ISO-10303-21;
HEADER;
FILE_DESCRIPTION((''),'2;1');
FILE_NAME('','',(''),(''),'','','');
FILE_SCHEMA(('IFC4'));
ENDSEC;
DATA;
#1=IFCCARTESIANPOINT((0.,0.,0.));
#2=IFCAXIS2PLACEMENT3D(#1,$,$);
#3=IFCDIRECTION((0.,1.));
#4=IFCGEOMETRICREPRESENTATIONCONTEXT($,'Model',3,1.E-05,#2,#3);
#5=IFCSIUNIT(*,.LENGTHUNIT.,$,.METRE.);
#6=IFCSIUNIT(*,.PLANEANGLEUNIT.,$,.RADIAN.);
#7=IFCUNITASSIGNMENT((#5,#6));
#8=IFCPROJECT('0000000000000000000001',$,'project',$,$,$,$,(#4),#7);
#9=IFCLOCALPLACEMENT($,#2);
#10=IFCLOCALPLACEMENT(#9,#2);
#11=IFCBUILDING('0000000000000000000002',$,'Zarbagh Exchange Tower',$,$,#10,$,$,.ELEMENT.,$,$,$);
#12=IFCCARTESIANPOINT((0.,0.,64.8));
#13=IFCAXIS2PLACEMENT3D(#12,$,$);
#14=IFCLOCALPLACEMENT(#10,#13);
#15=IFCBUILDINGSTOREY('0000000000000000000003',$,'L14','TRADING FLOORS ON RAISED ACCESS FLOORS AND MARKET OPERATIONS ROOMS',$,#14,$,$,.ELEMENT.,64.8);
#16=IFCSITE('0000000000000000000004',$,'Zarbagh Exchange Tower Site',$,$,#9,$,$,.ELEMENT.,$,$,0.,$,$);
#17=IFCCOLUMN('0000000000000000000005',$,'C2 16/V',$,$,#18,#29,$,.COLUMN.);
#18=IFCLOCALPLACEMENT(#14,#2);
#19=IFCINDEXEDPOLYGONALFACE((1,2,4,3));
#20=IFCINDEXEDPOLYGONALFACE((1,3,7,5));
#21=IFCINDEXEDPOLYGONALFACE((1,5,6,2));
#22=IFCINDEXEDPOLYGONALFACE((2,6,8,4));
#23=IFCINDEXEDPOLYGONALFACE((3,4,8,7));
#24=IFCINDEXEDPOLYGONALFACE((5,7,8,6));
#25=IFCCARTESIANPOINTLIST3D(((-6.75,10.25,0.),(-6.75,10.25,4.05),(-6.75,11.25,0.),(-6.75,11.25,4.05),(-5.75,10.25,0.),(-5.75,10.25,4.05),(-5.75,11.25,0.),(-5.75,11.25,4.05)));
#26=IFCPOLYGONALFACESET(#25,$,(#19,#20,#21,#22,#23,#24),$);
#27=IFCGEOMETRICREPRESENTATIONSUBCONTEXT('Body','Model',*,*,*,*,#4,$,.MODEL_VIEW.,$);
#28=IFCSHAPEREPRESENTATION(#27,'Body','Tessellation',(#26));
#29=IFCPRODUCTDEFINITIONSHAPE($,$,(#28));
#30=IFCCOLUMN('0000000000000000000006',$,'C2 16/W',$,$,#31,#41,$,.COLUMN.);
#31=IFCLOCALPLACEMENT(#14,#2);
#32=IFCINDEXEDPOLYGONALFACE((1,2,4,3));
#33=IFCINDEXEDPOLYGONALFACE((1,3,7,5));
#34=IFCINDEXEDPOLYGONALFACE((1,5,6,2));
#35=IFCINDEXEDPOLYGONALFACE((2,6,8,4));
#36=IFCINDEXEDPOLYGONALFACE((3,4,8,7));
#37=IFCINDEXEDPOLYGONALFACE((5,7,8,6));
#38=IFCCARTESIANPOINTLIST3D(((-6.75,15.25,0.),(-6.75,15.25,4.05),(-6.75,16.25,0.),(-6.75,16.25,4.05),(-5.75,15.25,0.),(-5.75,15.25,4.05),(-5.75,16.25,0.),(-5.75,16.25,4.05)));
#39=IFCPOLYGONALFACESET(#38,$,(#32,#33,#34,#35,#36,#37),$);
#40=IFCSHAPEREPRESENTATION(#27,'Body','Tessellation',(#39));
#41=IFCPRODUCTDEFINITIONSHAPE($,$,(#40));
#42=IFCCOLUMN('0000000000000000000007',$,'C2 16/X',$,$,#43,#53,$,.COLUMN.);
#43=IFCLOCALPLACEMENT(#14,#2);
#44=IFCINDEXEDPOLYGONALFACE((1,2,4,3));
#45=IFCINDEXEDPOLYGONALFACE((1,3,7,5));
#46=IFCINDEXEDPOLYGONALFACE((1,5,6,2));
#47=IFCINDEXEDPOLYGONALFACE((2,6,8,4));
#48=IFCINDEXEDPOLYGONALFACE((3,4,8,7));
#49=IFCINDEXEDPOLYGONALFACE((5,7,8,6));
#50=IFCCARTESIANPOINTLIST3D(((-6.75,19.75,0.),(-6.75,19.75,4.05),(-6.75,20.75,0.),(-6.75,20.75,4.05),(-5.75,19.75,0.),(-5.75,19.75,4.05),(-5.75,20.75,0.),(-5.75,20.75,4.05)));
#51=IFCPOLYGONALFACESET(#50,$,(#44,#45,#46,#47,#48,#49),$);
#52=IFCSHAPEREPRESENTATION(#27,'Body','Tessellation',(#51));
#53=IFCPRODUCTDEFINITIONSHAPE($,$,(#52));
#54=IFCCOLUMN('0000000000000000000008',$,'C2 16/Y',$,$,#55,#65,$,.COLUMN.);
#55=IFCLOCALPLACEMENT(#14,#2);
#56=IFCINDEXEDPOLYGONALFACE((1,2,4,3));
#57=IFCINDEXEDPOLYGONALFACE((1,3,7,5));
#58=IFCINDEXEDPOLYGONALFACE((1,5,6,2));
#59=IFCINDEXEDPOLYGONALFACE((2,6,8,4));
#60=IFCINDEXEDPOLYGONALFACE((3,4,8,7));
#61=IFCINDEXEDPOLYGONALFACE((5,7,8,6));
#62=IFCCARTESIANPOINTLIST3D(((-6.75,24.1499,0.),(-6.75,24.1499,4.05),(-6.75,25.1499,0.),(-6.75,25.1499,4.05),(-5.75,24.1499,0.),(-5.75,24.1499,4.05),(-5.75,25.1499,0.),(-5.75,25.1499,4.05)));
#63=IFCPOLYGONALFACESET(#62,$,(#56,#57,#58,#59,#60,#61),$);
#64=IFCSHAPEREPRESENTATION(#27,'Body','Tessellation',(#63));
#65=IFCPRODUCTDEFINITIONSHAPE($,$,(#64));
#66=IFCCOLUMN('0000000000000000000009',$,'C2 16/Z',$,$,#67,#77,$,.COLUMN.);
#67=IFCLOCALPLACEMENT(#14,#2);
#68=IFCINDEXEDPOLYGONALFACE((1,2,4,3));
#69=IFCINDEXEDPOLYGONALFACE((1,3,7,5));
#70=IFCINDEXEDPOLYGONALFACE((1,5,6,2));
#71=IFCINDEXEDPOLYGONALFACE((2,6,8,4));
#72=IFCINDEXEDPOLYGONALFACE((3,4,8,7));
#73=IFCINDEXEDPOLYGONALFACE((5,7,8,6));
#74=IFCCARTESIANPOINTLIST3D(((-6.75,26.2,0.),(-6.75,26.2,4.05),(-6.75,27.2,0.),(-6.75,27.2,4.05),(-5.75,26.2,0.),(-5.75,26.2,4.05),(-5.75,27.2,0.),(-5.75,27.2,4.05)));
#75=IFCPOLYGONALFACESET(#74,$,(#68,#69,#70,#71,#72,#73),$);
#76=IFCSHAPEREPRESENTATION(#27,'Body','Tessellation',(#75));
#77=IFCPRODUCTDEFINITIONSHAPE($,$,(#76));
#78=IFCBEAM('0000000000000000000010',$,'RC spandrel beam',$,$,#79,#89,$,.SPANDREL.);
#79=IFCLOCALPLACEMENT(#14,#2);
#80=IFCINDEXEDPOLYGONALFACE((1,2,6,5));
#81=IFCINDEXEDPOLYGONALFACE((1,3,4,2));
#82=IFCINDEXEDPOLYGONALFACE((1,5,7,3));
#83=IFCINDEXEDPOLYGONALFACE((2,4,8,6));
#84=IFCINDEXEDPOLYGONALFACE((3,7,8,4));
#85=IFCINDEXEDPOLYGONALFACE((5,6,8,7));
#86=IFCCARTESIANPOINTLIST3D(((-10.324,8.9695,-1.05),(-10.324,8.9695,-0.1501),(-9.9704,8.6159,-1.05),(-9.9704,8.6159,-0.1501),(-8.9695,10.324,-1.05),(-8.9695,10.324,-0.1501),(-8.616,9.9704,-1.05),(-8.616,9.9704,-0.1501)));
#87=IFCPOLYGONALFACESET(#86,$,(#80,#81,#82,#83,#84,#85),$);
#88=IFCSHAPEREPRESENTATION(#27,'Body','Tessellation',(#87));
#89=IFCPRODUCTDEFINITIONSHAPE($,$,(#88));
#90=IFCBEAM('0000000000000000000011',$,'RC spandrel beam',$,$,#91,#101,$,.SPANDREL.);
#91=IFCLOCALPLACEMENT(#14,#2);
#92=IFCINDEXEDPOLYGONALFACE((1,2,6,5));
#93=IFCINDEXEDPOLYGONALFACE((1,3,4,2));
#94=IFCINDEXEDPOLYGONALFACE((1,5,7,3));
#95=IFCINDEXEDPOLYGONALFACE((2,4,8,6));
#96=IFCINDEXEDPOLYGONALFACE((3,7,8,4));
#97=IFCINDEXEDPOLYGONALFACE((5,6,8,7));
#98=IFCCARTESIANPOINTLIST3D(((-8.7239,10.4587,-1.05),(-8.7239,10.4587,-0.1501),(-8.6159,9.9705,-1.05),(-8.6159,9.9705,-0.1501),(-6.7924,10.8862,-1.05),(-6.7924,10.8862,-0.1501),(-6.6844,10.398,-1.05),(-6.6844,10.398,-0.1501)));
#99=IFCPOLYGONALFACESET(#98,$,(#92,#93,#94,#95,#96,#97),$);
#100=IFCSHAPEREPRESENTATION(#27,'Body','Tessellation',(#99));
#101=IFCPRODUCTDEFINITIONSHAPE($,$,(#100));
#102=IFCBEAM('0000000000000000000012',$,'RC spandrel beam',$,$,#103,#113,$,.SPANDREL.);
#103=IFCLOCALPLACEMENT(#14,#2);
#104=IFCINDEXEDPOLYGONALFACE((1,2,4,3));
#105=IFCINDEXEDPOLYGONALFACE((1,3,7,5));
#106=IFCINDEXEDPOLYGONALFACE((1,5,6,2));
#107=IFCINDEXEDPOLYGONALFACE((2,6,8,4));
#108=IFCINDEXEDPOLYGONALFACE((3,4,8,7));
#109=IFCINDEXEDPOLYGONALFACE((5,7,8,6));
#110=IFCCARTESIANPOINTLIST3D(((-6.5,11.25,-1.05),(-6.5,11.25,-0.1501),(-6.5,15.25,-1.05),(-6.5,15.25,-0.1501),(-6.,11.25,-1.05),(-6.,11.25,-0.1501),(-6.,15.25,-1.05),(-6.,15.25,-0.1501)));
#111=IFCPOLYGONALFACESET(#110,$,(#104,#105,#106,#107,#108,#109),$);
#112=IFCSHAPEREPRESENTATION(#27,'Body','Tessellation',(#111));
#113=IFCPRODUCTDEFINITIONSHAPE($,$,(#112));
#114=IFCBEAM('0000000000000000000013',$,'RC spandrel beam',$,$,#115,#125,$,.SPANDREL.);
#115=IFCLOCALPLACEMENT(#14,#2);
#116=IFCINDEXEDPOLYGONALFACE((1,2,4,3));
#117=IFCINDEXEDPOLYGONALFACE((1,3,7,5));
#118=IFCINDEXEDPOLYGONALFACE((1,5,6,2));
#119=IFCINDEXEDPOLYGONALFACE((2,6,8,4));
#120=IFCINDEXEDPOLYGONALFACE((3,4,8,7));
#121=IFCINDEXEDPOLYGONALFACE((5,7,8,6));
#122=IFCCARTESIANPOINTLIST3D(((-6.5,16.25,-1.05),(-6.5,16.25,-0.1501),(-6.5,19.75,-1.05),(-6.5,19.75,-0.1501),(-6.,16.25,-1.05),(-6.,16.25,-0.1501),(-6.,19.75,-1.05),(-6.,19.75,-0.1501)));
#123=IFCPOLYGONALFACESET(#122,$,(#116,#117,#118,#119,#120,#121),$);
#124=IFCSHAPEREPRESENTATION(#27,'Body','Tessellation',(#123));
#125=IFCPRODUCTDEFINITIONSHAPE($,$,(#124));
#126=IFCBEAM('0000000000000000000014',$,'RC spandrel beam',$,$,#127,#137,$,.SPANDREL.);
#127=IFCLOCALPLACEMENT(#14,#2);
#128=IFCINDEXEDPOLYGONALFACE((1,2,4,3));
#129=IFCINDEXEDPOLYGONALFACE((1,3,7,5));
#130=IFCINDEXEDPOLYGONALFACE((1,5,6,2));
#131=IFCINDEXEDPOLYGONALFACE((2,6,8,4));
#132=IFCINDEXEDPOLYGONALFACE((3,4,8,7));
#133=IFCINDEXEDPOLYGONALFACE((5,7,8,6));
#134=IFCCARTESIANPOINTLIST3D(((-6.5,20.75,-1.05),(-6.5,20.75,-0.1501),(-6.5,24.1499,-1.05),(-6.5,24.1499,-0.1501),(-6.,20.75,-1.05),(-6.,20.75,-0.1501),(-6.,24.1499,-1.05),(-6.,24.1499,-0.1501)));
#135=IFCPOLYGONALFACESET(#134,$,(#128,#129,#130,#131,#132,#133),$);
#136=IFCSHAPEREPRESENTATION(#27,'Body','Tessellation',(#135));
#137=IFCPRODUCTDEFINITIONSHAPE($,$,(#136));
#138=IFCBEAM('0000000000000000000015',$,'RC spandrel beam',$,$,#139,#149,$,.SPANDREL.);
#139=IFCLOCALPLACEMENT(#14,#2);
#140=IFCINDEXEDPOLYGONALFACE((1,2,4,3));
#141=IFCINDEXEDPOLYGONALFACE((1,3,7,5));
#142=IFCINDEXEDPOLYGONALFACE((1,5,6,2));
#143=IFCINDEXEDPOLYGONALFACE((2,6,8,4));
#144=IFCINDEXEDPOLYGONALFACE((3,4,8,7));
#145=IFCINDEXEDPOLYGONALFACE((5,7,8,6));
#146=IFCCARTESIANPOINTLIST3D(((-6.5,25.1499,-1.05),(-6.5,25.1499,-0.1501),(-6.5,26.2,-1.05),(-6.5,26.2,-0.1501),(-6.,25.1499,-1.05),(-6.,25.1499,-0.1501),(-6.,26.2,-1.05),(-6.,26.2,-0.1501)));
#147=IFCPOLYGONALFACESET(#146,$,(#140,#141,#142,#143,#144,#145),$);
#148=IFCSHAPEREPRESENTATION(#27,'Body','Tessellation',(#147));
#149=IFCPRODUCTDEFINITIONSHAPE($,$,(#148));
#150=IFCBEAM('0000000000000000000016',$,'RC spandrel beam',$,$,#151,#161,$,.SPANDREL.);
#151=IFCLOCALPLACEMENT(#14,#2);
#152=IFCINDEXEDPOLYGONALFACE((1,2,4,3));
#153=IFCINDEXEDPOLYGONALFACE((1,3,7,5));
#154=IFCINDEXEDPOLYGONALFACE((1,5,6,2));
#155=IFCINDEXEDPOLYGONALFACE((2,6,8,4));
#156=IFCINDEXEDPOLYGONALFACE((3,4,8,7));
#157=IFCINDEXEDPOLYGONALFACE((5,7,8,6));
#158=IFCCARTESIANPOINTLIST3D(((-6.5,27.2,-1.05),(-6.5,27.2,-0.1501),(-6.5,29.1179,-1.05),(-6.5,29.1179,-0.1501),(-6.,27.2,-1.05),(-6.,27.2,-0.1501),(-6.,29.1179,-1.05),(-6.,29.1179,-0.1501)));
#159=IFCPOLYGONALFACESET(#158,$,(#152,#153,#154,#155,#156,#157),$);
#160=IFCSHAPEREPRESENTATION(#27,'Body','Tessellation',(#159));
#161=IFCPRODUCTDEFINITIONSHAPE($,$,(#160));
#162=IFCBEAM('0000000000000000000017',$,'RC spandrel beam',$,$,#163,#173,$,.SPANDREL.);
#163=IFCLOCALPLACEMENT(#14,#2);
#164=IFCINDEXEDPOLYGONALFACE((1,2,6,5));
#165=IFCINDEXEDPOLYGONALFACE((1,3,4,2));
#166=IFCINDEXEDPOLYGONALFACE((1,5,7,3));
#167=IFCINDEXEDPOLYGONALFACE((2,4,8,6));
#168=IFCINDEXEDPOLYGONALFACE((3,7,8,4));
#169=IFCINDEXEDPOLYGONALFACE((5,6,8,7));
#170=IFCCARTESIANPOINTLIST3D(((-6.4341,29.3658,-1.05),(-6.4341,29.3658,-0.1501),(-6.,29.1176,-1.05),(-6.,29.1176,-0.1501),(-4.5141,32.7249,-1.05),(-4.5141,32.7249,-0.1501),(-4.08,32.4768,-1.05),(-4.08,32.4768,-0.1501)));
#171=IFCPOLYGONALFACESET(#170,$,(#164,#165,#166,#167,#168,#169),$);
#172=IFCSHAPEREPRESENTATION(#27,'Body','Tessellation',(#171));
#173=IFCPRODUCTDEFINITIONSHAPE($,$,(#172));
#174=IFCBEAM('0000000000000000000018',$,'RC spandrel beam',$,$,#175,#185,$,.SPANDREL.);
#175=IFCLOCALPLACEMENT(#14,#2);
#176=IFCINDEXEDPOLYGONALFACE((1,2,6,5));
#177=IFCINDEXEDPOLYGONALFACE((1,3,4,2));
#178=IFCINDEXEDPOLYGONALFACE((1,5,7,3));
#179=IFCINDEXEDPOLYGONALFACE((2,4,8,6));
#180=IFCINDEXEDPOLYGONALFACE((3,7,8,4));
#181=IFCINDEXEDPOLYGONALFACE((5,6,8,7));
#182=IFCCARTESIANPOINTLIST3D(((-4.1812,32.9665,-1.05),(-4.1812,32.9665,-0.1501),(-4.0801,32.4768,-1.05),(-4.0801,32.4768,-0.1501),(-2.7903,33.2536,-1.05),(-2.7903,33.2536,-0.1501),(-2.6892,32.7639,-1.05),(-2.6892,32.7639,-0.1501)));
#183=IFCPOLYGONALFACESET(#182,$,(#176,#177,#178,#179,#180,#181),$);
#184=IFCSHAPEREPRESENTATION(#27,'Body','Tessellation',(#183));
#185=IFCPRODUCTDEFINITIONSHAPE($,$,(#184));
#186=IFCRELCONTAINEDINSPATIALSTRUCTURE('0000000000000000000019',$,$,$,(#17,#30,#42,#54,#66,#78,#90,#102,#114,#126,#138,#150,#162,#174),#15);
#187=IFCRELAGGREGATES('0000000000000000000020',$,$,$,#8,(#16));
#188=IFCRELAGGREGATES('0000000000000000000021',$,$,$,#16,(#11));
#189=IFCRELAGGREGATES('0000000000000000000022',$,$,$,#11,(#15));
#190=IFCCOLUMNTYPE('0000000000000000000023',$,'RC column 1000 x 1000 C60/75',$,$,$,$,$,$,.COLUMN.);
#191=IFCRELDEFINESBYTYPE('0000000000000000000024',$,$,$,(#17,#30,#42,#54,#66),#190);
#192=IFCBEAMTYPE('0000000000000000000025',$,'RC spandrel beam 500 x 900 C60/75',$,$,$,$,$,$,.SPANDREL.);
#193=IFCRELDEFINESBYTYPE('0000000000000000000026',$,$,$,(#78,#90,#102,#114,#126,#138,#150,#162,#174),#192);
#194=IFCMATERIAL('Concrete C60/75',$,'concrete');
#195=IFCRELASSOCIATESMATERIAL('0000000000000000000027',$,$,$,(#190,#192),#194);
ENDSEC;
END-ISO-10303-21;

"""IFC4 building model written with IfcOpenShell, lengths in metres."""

from ifc_helpers import new_model, si_unit, direction, frame, origin, origin_2d, place, context, subcontext, project, spatial, rectangle, extrude, material, material_profile, profile_set, type_object, element, save


model = new_model("IFC4")

# Units and contexts
model_context = context("Model", 3, precision=1e-05, world=origin(), true_north=direction((0.0, 1.0)))
body_context = subcontext(model_context, "Body", "Model", "MODEL_VIEW")
ifc_project = project(units=[si_unit("LENGTHUNIT", "METRE"), si_unit("PLANEANGLEUNIT", "RADIAN")], contexts=[model_context])

# Site, building, storey
site_placement = place(None, origin())
site = spatial("IfcSite", under=ifc_project, at=site_placement, Name="Zarbagh Exchange Tower Site", CompositionType="ELEMENT", RefElevation=0.0)
building_placement = place(site_placement, origin())
building = spatial("IfcBuilding", under=site, at=building_placement, Name="Zarbagh Exchange Tower", CompositionType="ELEMENT")
storey_placement = place(building_placement, frame((0.0, 0.0, 64.8)))
storey = spatial("IfcBuildingStorey", under=building, at=storey_placement, Name="L14", Description="TRADING FLOORS ON RAISED ACCESS FLOORS AND MARKET OPERATIONS ROOMS", CompositionType="ELEMENT", Elevation=64.8)

# Columns
ifc_material_1 = material(Name="Concrete C60/75", Category="concrete")
ifc_material_profile_1 = material_profile(ifc_material_1, rectangle(XDim=1.0, YDim=1.0, at=origin_2d()), Name="RC column 1000 x 1000 C60/75")
ifc_profile_set_1 = profile_set([ifc_material_profile_1], Name="Concrete C60/75")
column_type = type_object("IfcColumnType", Name="RC column 1000 x 1000 C60/75", PredefinedType="COLUMN", material=ifc_profile_set_1)
for number, where, z_axis, x_axis, name in (
    (1, (-6.25, 10.75, 0.0), (0.0, 0.0, 1.0), (1.0, 0.0, 0.0), "C2 16/V"),
    (2, (-6.25, 15.75, 0.0), (0.0, 0.0, 1.0), (1.0, 0.0, 0.0), "C2 16/W"),
    (3, (-6.25, 20.25, 0.0), (0.0, 0.0, 1.0), (1.0, 0.0, 0.0), "C2 16/X"),
    (4, (-6.25, 24.6499, 0.0), (0.0, 0.0, 1.0), (1.0, 0.0, 0.0), "C2 16/Y"),
    (5, (-6.25, 26.7, 0.0), (0.0, 0.0, 1.0), (1.0, 0.0, 0.0), "C2 16/Z"),
):
    element("IfcColumn", number, at=place(storey_placement, frame(where, z_axis=z_axis, x_axis=x_axis)), inside=storey, type_object=column_type, Name=name, PredefinedType="COLUMN", context=body_context, shape_type="SweptSolid", body=[
        extrude(rectangle(XDim=1.0, YDim=1.0, at=origin_2d()), origin(), (0.0, 0.0, 1.0), 4.05),
    ])

# Beams
ifc_material_profile_2 = material_profile(ifc_material_1, rectangle(XDim=0.5, YDim=0.8999, at=origin_2d()), Name="RC spandrel beam 500 x 900 C60/75")
ifc_profile_set_2 = profile_set([ifc_material_profile_2], Name="Concrete C60/75")
beam_type = type_object("IfcBeamType", Name="RC spandrel beam 500 x 900 C60/75", PredefinedType="SPANDREL", material=ifc_profile_set_2)
beam_1_placement = place(storey_placement, frame((-10.1472, 8.7927, -0.6001), z_axis=(0.707107, 0.707107, 0.0), x_axis=(-0.707107, 0.707107, 0.0)))
element("IfcBeam", 6, at=beam_1_placement, inside=storey, type_object=beam_type, Name="RC spandrel beam", PredefinedType="SPANDREL", context=body_context, shape_type="SweptSolid", body=[
    extrude(rectangle(XDim=0.5, YDim=0.8999, at=origin_2d()), origin(), (0.0, 0.0, 1.0), 1.9155),
])
beam_2_placement = place(storey_placement, frame((-8.6699, 10.2146, -0.6001), z_axis=(0.976375, 0.216081, 0.0), x_axis=(-0.216081, 0.976375, 0.0)))
element("IfcBeam", 7, at=beam_2_placement, inside=storey, type_object=beam_type, Name="RC spandrel beam", PredefinedType="SPANDREL", context=body_context, shape_type="SweptSolid", body=[
    extrude(rectangle(XDim=0.5, YDim=0.8999, at=origin_2d()), origin(), (0.0, 0.0, 1.0), 1.9783),
])
beam_3_placement = place(storey_placement, frame((-6.25, 11.25, -0.6001), z_axis=(0.0, 1.0, 0.0), x_axis=(-1.0, 0.0, 0.0)))
element("IfcBeam", 8, at=beam_3_placement, inside=storey, type_object=beam_type, Name="RC spandrel beam", PredefinedType="SPANDREL", context=body_context, shape_type="SweptSolid", body=[
    extrude(rectangle(XDim=0.5, YDim=0.8999, at=origin_2d()), origin(), (0.0, 0.0, 1.0), 4.0),
])
beam_4_placement = place(storey_placement, frame((-6.25, 16.25, -0.6001), z_axis=(0.0, 1.0, 0.0), x_axis=(-1.0, 0.0, 0.0)))
element("IfcBeam", 9, at=beam_4_placement, inside=storey, type_object=beam_type, Name="RC spandrel beam", PredefinedType="SPANDREL", context=body_context, shape_type="SweptSolid", body=[
    extrude(rectangle(XDim=0.5, YDim=0.8999, at=origin_2d()), origin(), (0.0, 0.0, 1.0), 3.5),
])
beam_5_placement = place(storey_placement, frame((-6.25, 20.75, -0.6001), z_axis=(0.0, 1.0, 0.0), x_axis=(-1.0, 0.0, 0.0)))
element("IfcBeam", 10, at=beam_5_placement, inside=storey, type_object=beam_type, Name="RC spandrel beam", PredefinedType="SPANDREL", context=body_context, shape_type="SweptSolid", body=[
    extrude(rectangle(XDim=0.5, YDim=0.8999, at=origin_2d()), origin(), (0.0, 0.0, 1.0), 3.3999),
])
beam_6_placement = place(storey_placement, frame((-6.25, 25.1499, -0.6001), z_axis=(0.0, 1.0, 0.0), x_axis=(-1.0, 0.0, 0.0)))
element("IfcBeam", 11, at=beam_6_placement, inside=storey, type_object=beam_type, Name="RC spandrel beam", PredefinedType="SPANDREL", context=body_context, shape_type="SweptSolid", body=[
    extrude(rectangle(XDim=0.5, YDim=0.8999, at=origin_2d()), origin(), (0.0, 0.0, 1.0), 1.05),
])
beam_7_placement = place(storey_placement, frame((-6.25, 27.2, -0.6001), z_axis=(0.0, 1.0, 0.0), x_axis=(-1.0, 0.0, 0.0)))
element("IfcBeam", 12, at=beam_7_placement, inside=storey, type_object=beam_type, Name="RC spandrel beam", PredefinedType="SPANDREL", context=body_context, shape_type="SweptSolid", body=[
    extrude(rectangle(XDim=0.5, YDim=0.8999, at=origin_2d()), origin(), (0.0, 0.0, 1.0), 1.918),
])
beam_8_placement = place(storey_placement, frame((-6.217, 29.2417, -0.6001), z_axis=(0.49622, 0.868197, 0.0), x_axis=(-0.868197, 0.49622, 0.0)))
element("IfcBeam", 13, at=beam_8_placement, inside=storey, type_object=beam_type, Name="RC spandrel beam", PredefinedType="SPANDREL", context=body_context, shape_type="SweptSolid", body=[
    extrude(rectangle(XDim=0.5, YDim=0.8999, at=origin_2d()), origin(), (0.0, 0.0, 1.0), 3.8691),
])
beam_9_placement = place(storey_placement, frame((-4.1306, 32.7217, -0.6001), z_axis=(0.979352, 0.202162, 0.0), x_axis=(-0.202162, 0.979352, 0.0)))
element("IfcBeam", 14, at=beam_9_placement, inside=storey, type_object=beam_type, Name="RC spandrel beam", PredefinedType="SPANDREL", context=body_context, shape_type="SweptSolid", body=[
    extrude(rectangle(XDim=0.5, YDim=0.8999, at=origin_2d()), origin(), (0.0, 0.0, 1.0), 1.4202),
])

save(model, "model.ifc")
